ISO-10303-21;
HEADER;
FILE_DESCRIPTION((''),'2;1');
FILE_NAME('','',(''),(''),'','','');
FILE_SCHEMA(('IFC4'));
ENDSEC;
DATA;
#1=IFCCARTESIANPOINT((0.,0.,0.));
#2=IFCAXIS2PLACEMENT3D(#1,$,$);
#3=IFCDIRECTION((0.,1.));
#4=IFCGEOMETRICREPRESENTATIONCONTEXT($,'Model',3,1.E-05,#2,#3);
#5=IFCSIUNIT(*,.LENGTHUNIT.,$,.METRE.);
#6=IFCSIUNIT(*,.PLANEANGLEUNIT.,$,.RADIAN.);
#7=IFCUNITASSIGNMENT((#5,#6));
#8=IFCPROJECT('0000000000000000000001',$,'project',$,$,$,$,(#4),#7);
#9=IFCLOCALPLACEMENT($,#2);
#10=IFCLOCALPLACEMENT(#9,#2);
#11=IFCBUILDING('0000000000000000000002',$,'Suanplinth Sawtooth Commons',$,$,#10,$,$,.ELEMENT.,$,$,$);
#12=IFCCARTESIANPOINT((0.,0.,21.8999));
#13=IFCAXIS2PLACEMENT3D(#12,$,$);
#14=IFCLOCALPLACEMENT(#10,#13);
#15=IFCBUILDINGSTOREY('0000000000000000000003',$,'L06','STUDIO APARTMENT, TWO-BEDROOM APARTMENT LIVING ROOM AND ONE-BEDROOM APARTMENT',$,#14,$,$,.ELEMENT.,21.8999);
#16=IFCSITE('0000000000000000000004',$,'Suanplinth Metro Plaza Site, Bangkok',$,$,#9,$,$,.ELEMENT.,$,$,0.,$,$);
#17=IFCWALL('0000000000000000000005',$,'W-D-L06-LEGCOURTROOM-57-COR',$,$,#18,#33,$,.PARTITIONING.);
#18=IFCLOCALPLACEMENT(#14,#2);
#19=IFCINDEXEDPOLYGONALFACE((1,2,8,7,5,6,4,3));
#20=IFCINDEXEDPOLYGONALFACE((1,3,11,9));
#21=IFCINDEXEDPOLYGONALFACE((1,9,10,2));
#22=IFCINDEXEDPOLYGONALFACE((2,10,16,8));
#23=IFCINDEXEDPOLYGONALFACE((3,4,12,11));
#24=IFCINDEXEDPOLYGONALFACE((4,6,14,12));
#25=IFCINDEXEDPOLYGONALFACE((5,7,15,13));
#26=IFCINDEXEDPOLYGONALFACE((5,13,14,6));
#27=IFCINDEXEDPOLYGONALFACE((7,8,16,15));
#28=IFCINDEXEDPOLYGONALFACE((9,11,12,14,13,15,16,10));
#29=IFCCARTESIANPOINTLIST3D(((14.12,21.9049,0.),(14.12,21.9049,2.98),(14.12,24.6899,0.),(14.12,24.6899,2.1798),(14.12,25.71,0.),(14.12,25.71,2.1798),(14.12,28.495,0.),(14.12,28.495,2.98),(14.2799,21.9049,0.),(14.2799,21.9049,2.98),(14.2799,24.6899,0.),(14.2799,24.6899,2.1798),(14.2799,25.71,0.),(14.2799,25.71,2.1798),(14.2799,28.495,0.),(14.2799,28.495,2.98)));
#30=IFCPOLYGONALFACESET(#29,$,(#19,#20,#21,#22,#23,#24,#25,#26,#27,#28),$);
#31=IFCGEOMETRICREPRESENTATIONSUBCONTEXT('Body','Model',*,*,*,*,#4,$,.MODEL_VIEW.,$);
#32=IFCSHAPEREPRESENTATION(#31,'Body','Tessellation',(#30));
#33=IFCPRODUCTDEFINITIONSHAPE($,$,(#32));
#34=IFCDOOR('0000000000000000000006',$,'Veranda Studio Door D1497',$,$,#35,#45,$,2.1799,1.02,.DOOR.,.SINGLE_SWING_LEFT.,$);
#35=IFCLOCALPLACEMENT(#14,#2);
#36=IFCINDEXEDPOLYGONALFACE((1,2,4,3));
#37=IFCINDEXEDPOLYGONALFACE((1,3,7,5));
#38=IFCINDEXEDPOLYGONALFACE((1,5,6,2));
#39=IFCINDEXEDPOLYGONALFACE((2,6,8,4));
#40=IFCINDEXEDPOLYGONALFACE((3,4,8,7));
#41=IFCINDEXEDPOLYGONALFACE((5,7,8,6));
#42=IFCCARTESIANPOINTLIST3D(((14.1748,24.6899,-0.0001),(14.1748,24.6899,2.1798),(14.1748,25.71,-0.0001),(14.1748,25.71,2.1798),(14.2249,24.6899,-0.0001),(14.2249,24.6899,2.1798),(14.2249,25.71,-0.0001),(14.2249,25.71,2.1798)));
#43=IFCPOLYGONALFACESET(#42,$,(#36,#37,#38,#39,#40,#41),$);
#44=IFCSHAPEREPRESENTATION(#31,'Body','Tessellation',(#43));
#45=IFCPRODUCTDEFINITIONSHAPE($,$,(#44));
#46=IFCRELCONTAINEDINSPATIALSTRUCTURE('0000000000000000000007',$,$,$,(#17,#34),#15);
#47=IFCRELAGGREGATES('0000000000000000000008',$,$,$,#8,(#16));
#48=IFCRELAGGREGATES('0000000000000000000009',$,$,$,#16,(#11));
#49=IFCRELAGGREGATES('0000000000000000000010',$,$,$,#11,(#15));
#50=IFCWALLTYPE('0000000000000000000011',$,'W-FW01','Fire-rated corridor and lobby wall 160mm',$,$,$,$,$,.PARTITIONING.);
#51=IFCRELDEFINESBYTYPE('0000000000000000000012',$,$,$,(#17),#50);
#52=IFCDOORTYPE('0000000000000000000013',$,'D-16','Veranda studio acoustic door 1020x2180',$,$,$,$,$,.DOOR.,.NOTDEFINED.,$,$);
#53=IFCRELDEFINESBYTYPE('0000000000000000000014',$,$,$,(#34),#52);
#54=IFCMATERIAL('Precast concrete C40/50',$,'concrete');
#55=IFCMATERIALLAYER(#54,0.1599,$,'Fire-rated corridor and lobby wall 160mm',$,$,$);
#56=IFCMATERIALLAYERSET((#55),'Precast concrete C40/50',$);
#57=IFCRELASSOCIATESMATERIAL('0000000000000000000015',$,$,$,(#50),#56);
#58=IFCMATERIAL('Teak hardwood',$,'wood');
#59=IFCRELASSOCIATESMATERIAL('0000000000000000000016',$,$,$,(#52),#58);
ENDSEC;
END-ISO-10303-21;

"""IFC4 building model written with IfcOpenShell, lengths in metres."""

from ifc_helpers import new_model, si_unit, direction, frame, frame_2d, origin, place, context, subcontext, project, spatial, rectangle, extrude, material, layer, layer_set, type_object, element, fill, save


model = new_model("IFC4")

# Units and contexts
model_context = context("Model", 3, precision=1e-05, world=origin(), true_north=direction((0.0, 1.0)))
body_context = subcontext(model_context, "Body", "Model", "MODEL_VIEW")
ifc_project = project(units=[si_unit("LENGTHUNIT", "METRE"), si_unit("PLANEANGLEUNIT", "RADIAN")], contexts=[model_context])

# Site, building, storey
site_placement = place(None, origin())
site = spatial("IfcSite", under=ifc_project, at=site_placement, Name="Suanplinth Metro Plaza Site, Bangkok", CompositionType="ELEMENT", RefElevation=0.0)
building_placement = place(site_placement, origin())
building = spatial("IfcBuilding", under=site, at=building_placement, Name="Suanplinth Sawtooth Commons", CompositionType="ELEMENT")
storey_placement = place(building_placement, frame((0.0, 0.0, 21.8999)))
storey = spatial("IfcBuildingStorey", under=building, at=storey_placement, Name="L06", Description="STUDIO APARTMENT, TWO-BEDROOM APARTMENT LIVING ROOM AND ONE-BEDROOM APARTMENT", CompositionType="ELEMENT", Elevation=21.8999)

# Shared definitions
ifc_material_1 = material(Name="Precast concrete C40/50", Category="concrete")

# Wall, opening, door
ifc_layer_1 = layer(ifc_material_1, 0.1599, Name="Fire-rated corridor and lobby wall 160mm")
ifc_layer_set_1 = layer_set([ifc_layer_1], Name="Precast concrete C40/50")
wall_type_1 = type_object("IfcWallType", Name="W-FW01", Description="Fire-rated corridor and lobby wall 160mm", PredefinedType="PARTITIONING", material=ifc_layer_set_1)
wall_1_placement = place(storey_placement, frame((14.2, 21.905, 0.0), z_axis=(0.0, 0.0, 1.0), x_axis=(0.0, 1.0, 0.0)))
wall_1 = element("IfcWall", 1, at=wall_1_placement, inside=storey, type_object=wall_type_1, Name="W-D-L06-LEGCOURTROOM-57-COR", PredefinedType="PARTITIONING", context=body_context, shape_type="SweptSolid", body=[
    extrude(rectangle(XDim=6.5901, YDim=0.1599, at=frame_2d((3.2949, 0.0))), origin(), (0.0, 0.0, 1.0), 2.98),
])
opening_1_placement = place(wall_1_placement, frame((2.7849, 0.0, 0.0)))
opening_1 = element("IfcOpeningElement", 2, at=opening_1_placement, cuts=wall_1, PredefinedType="OPENING", context=body_context, shape_type="SweptSolid", body=[
    extrude(rectangle(XDim=1.02, YDim=2.1799, at=frame_2d((0.51, 1.0898))), frame((0.0, 0.0947, 0.0), z_axis=(0.0, -1.0, 0.0), x_axis=(1.0, 0.0, 0.0)), (0.0, 0.0, 1.0), 0.1897),
])
ifc_material_2 = material(Name="Teak hardwood", Category="wood")
door_type_1 = type_object("IfcDoorType", Name="D-16", Description="Veranda studio acoustic door 1020x2180", OperationType="NOTDEFINED", PredefinedType="DOOR", material=ifc_material_2)
door_1_placement = place(opening_1_placement, frame((1.02, 0.0, 0.0), z_axis=(0.0, 0.0, 1.0), x_axis=(-1.0, 0.0, 0.0)))
door_1 = element("IfcDoor", 3, at=door_1_placement, inside=storey, type_object=door_type_1, Name="Veranda Studio Door D1497", OperationType="SINGLE_SWING_LEFT", OverallHeight=2.1799, OverallWidth=1.02, PredefinedType="DOOR", context=body_context, shape_type="SweptSolid", body=[
    extrude(rectangle(XDim=1.02, YDim=2.1799, at=frame_2d((0.51, 1.0898))), frame((0.0, 0.0249, 0.0), z_axis=(0.0, -1.0, 0.0), x_axis=(1.0, 0.0, 0.0)), (0.0, 0.0, 1.0), 0.05),
])
fill(opening_1, door_1)

save(model, "model.ifc")
